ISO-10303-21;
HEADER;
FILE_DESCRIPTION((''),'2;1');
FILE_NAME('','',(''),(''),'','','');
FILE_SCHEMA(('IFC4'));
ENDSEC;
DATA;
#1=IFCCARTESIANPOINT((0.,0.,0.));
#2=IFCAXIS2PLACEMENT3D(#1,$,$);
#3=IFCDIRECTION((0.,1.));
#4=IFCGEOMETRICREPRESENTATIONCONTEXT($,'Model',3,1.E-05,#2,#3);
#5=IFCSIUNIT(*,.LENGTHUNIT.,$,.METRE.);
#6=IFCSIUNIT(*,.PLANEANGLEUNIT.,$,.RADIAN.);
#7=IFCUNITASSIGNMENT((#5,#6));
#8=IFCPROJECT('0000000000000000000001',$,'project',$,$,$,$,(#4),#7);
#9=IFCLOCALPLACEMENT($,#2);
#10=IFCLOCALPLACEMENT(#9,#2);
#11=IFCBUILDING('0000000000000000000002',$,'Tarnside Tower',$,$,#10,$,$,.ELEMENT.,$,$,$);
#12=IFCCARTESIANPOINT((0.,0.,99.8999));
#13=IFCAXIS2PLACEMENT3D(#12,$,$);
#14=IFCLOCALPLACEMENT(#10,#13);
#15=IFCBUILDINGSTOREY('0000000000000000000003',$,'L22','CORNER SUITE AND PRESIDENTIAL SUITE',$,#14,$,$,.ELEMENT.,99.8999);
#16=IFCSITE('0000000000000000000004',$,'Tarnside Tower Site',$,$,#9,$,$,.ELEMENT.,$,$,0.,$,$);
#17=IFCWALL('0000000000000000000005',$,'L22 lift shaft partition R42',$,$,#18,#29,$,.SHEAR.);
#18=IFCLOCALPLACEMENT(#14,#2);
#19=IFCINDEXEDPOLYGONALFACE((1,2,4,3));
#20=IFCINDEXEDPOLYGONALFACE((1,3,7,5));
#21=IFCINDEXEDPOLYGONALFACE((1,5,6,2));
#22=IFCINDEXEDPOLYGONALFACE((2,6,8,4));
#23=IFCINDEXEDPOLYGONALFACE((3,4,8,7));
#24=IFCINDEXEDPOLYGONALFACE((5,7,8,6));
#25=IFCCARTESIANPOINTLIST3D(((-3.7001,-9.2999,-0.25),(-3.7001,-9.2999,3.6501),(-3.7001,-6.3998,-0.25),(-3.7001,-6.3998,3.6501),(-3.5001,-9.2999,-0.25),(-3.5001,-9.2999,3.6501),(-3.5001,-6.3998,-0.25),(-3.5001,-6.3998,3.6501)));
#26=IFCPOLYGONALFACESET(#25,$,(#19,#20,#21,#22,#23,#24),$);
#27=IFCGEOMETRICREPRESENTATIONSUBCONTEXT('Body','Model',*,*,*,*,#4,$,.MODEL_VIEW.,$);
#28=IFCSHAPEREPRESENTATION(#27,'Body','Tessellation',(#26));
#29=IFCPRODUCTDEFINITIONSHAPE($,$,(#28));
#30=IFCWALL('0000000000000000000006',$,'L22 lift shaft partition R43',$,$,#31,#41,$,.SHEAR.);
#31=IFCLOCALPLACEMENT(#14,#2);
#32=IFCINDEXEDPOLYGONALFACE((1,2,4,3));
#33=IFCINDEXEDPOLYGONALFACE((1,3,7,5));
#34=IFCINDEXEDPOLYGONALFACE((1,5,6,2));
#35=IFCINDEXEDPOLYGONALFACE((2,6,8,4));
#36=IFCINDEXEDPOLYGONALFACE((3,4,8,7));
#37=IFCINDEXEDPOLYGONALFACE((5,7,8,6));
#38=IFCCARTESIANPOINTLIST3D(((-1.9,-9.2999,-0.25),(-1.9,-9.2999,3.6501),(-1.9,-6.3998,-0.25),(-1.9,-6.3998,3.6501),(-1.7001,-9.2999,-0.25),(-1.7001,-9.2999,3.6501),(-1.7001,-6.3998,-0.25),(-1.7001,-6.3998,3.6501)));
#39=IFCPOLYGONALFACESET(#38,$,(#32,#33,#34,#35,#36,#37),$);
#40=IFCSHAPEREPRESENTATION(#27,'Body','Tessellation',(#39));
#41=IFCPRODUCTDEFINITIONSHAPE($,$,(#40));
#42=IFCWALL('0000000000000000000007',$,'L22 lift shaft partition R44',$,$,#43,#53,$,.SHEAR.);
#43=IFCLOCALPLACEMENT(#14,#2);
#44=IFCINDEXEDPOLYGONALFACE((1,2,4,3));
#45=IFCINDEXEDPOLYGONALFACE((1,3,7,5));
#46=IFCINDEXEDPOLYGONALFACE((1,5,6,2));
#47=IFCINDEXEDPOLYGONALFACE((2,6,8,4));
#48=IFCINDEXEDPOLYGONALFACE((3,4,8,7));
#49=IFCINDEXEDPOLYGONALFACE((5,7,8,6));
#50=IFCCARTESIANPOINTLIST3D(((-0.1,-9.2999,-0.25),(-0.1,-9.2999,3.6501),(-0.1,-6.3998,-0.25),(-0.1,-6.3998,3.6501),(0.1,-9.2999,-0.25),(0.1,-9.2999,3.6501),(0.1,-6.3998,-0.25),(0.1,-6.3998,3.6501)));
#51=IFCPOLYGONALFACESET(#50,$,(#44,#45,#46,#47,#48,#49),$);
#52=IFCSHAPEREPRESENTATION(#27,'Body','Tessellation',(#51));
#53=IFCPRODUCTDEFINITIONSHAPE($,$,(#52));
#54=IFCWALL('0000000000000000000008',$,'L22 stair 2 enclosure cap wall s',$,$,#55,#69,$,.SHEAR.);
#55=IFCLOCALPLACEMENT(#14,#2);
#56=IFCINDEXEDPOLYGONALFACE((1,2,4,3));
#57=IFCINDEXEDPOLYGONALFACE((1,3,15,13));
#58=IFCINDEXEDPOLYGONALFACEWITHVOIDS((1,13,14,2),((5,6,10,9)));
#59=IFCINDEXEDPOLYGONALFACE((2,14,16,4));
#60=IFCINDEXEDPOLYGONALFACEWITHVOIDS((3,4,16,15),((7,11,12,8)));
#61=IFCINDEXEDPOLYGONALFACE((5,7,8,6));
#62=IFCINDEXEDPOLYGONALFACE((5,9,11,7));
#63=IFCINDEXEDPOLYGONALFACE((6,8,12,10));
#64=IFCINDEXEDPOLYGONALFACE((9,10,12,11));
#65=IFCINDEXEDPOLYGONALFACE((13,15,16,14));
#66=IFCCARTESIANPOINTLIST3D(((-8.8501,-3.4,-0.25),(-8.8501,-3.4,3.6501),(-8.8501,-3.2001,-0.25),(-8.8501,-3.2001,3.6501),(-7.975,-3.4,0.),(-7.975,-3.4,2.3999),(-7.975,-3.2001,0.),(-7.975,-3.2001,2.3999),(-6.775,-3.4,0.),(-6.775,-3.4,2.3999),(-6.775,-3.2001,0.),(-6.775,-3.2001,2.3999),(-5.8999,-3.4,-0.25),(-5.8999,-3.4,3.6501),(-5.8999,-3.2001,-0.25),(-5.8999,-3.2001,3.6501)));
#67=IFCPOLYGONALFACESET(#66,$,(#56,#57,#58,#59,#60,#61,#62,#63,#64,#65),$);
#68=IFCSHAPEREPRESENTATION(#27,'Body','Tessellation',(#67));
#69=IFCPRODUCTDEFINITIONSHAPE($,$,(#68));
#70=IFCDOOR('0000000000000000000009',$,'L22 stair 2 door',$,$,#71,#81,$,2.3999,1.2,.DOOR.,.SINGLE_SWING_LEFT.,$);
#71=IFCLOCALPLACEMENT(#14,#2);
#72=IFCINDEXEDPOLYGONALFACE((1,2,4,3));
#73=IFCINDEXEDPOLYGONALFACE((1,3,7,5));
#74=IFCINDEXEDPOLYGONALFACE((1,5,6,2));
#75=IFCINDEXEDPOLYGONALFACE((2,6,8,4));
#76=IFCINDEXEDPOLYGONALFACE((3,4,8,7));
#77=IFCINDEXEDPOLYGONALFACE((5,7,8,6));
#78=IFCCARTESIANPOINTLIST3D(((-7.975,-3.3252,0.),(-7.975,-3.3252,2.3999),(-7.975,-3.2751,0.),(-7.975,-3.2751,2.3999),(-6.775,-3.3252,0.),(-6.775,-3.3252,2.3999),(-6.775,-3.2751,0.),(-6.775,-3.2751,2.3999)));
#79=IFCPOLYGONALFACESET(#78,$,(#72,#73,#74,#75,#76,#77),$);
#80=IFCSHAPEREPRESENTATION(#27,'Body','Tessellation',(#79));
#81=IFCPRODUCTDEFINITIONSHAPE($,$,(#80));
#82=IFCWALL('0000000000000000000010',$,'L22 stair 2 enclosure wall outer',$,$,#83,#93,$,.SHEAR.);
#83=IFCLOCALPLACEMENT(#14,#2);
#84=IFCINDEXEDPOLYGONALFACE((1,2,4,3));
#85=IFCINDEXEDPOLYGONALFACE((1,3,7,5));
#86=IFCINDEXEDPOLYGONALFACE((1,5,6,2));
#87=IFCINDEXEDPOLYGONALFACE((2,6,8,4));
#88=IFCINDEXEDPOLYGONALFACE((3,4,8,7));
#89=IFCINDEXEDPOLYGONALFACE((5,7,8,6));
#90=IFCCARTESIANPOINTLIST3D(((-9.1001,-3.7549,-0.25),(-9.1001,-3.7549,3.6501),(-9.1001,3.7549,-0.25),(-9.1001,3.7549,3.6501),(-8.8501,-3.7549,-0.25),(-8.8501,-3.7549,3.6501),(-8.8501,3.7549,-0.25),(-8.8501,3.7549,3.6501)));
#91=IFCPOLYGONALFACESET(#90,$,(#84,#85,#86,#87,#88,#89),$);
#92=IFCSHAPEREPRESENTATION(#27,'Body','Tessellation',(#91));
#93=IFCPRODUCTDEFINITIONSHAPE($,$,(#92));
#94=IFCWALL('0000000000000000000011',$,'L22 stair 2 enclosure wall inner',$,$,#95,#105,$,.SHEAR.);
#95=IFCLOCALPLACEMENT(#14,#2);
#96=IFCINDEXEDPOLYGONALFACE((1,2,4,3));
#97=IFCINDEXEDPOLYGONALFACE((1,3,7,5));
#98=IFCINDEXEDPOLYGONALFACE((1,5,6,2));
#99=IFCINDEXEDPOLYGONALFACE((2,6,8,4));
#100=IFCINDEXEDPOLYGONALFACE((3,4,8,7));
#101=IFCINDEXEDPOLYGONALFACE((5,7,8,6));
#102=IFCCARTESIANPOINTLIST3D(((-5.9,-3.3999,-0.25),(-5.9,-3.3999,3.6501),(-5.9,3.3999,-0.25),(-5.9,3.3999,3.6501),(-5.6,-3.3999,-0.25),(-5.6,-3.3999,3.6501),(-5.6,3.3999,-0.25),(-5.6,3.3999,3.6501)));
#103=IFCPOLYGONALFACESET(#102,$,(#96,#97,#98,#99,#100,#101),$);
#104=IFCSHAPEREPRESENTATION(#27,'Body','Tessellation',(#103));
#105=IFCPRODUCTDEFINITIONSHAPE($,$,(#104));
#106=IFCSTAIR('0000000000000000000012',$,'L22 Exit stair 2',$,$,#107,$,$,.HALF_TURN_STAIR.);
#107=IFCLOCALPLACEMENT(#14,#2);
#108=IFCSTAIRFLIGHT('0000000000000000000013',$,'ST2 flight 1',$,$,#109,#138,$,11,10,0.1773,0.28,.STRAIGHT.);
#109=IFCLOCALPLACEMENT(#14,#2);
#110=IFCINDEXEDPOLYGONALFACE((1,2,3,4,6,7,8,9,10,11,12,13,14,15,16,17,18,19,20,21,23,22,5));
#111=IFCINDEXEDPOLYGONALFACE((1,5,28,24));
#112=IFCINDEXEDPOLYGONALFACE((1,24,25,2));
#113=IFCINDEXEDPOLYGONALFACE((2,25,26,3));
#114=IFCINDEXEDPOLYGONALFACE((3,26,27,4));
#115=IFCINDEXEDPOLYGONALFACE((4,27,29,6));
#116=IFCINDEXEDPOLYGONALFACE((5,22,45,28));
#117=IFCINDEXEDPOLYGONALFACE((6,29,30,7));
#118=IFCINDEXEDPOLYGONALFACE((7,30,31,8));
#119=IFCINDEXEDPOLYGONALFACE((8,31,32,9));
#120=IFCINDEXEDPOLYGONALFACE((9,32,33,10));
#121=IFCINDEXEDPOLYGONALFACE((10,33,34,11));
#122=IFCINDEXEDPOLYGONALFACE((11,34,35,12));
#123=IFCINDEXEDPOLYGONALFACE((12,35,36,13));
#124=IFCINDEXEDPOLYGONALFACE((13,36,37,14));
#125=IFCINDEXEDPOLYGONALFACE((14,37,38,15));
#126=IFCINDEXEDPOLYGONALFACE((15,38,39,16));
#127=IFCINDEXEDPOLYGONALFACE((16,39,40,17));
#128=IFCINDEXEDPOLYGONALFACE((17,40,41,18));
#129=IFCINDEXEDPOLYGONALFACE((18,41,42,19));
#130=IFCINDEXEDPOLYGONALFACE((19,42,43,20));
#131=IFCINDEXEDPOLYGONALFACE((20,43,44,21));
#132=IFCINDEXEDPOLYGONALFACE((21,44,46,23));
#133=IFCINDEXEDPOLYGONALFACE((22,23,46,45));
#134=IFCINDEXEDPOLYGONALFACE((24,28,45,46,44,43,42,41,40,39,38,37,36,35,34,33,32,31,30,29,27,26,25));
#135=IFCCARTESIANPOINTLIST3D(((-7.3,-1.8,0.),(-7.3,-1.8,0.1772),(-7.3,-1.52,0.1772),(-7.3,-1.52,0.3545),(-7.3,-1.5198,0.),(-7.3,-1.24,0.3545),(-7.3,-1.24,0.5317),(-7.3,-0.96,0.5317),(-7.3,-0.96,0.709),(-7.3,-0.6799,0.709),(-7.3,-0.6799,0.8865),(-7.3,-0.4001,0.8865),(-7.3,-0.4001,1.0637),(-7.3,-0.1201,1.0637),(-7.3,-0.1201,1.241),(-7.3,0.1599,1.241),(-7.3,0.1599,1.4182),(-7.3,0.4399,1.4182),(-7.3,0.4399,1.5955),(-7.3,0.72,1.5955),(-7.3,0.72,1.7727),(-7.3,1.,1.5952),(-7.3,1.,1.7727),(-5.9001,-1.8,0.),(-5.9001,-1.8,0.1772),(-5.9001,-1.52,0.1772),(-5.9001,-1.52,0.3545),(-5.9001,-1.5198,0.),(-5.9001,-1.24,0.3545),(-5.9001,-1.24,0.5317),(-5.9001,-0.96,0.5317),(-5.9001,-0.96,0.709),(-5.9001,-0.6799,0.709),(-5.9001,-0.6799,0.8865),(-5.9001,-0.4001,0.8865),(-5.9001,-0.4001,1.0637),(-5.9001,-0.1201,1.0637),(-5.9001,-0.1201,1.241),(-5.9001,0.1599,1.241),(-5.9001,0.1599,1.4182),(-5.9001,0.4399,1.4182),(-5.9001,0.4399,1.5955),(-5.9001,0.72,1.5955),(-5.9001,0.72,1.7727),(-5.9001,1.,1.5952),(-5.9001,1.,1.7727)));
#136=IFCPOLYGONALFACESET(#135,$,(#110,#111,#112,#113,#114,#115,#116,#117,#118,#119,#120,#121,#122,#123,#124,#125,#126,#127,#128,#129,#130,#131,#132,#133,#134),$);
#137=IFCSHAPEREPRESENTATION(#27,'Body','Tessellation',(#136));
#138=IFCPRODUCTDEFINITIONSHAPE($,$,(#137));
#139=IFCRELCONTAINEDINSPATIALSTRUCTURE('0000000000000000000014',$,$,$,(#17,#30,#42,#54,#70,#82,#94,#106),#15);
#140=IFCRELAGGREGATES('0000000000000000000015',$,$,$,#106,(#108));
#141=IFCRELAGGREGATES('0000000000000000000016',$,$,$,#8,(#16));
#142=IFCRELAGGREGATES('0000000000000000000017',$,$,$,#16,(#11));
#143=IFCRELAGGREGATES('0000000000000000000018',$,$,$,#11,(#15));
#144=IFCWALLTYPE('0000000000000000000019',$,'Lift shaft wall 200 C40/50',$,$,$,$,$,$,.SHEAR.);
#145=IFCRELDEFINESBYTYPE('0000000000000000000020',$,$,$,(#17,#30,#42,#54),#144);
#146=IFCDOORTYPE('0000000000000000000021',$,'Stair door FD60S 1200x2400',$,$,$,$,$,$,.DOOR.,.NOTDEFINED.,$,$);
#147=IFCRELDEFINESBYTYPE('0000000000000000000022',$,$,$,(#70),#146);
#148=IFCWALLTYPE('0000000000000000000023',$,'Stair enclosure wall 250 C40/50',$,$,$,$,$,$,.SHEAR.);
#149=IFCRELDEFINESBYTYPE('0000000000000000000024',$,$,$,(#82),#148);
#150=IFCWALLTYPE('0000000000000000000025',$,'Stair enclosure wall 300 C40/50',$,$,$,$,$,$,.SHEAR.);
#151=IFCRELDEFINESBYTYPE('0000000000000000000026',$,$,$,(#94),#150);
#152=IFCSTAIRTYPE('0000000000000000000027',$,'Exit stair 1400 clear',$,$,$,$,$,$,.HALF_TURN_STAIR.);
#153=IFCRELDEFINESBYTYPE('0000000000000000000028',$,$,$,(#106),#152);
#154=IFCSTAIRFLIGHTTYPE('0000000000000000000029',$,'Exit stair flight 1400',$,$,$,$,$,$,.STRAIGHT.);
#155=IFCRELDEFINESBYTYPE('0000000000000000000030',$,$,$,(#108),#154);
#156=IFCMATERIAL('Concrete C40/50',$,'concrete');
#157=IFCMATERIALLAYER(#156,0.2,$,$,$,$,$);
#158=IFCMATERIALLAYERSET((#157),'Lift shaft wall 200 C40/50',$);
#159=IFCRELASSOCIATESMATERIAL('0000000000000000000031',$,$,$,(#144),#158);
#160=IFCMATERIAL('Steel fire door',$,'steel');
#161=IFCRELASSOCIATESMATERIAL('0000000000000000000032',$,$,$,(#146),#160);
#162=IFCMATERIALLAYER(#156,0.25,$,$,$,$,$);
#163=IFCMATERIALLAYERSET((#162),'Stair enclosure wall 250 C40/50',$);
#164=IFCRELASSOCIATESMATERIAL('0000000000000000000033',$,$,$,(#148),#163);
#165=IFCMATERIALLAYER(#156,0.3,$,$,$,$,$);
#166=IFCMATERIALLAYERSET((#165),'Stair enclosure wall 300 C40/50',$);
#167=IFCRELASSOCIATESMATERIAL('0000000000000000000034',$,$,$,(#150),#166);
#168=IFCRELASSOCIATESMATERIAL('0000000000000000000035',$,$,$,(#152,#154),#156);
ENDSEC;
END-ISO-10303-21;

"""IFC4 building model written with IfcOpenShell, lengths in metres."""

from ifc_helpers import new_model, si_unit, direction, frame, frame_2d, origin, place, context, subcontext, project, spatial, polyline, rectangle, outline, extrude, material, layer, layer_set, type_object, element, fill, aggregate, save


model = new_model("IFC4")

# Units and contexts
model_context = context("Model", 3, precision=1e-05, world=origin(), true_north=direction((0.0, 1.0)))
body_context = subcontext(model_context, "Body", "Model", "MODEL_VIEW")
ifc_project = project(units=[si_unit("LENGTHUNIT", "METRE"), si_unit("PLANEANGLEUNIT", "RADIAN")], contexts=[model_context])

# Site, building, storey
site_placement = place(None, origin())
site = spatial("IfcSite", under=ifc_project, at=site_placement, Name="Tarnside Tower Site", CompositionType="ELEMENT", RefElevation=0.0)
building_placement = place(site_placement, origin())
building = spatial("IfcBuilding", under=site, at=building_placement, Name="Tarnside Tower", CompositionType="ELEMENT")
storey_placement = place(building_placement, frame((0.0, 0.0, 99.8999)))
storey = spatial("IfcBuildingStorey", under=building, at=storey_placement, Name="L22", Description="CORNER SUITE AND PRESIDENTIAL SUITE", CompositionType="ELEMENT", Elevation=99.8999)

# Shared definitions
ifc_material_1 = material(Name="Concrete C40/50", Category="concrete")

# Shared definitions
ifc_material_2 = material(Name="Steel fire door", Category="steel")

# Shared definitions
ifc_layer_1 = layer(ifc_material_1, 0.2)
ifc_layer_set_1 = layer_set([ifc_layer_1], Name="Lift shaft wall 200 C40/50")
wall_type_1 = type_object("IfcWallType", Name="Lift shaft wall 200 C40/50", PredefinedType="SHEAR", material=ifc_layer_set_1)

# Walls
for number, where, z_axis, x_axis, name in (
    (1, (-3.6001, -9.3, -0.25), (0.0, 0.0, 1.0), (0.0, 1.0, 0.0), "L22 lift shaft partition R42"),
    (2, (-1.8, -9.3, -0.25), (0.0, 0.0, 1.0), (0.0, 1.0, 0.0), "L22 lift shaft partition R43"),
    (3, (0.0, -9.3, -0.25), (0.0, 0.0, 1.0), (0.0, 1.0, 0.0), "L22 lift shaft partition R44"),
):
    element("IfcWall", number, at=place(storey_placement, frame(where, z_axis=z_axis, x_axis=x_axis)), inside=storey, type_object=wall_type_1, Name=name, PredefinedType="SHEAR", context=body_context, shape_type="SweptSolid", body=[
        extrude(rectangle(XDim=2.9001, YDim=0.2, at=frame_2d((1.4502, 0.0))), origin(), (0.0, 0.0, 1.0), 3.9001),
    ])

# Wall, opening, door
wall_1_placement = place(storey_placement, frame((-8.8501, -3.3, -0.25), z_axis=(0.0, 0.0, 1.0), x_axis=(1.0, 0.0, 0.0)))
wall_1 = element("IfcWall", 4, at=wall_1_placement, inside=storey, type_object=wall_type_1, Name="L22 stair 2 enclosure cap wall s", PredefinedType="SHEAR", context=body_context, shape_type="SweptSolid", body=[
    extrude(rectangle(XDim=2.9502, YDim=0.2, at=frame_2d((1.4751, 0.0))), origin(), (0.0, 0.0, 1.0), 3.9001),
])
opening_1_placement = place(wall_1_placement, frame((0.875, 0.0, 0.25)))
opening_1 = element("IfcOpeningElement", 5, at=opening_1_placement, cuts=wall_1, PredefinedType="OPENING", context=body_context, shape_type="SweptSolid", body=[
    extrude(rectangle(XDim=1.2, YDim=2.3999, at=frame_2d((0.6001, 1.2))), frame((0.0, 0.1099, 0.0), z_axis=(0.0, -1.0, 0.0), x_axis=(1.0, 0.0, 0.0)), (0.0, 0.0, 1.0), 0.22),
])
door_type_1 = type_object("IfcDoorType", Name="Stair door FD60S 1200x2400", OperationType="NOTDEFINED", PredefinedType="DOOR", material=ifc_material_2)
door_1_placement = place(opening_1_placement, origin())
door_1 = element("IfcDoor", 6, at=door_1_placement, inside=storey, type_object=door_type_1, Name="L22 stair 2 door", OperationType="SINGLE_SWING_LEFT", OverallHeight=2.3999, OverallWidth=1.2, PredefinedType="DOOR", context=body_context, shape_type="SweptSolid", body=[
    extrude(rectangle(XDim=1.2, YDim=2.3999, at=frame_2d((0.6001, 1.2))), frame((0.0, 0.0249, 0.0), z_axis=(0.0, -1.0, 0.0), x_axis=(1.0, 0.0, 0.0)), (0.0, 0.0, 1.0), 0.05),
])
fill(opening_1, door_1)

# Walls
ifc_layer_2 = layer(ifc_material_1, 0.25)
ifc_layer_set_2 = layer_set([ifc_layer_2], Name="Stair enclosure wall 250 C40/50")
wall_type_2 = type_object("IfcWallType", Name="Stair enclosure wall 250 C40/50", PredefinedType="SHEAR", material=ifc_layer_set_2)
wall_2_placement = place(storey_placement, frame((-8.9751, -3.7549, -0.25), z_axis=(0.0, 0.0, 1.0), x_axis=(0.0, 1.0, 0.0)))
element("IfcWall", 7, at=wall_2_placement, inside=storey, type_object=wall_type_2, Name="L22 stair 2 enclosure wall outer", PredefinedType="SHEAR", context=body_context, shape_type="SweptSolid", body=[
    extrude(rectangle(XDim=7.5098, YDim=0.25, at=frame_2d((3.7549, 0.0))), origin(), (0.0, 0.0, 1.0), 3.9001),
])
ifc_layer_3 = layer(ifc_material_1, 0.3)
ifc_layer_set_3 = layer_set([ifc_layer_3], Name="Stair enclosure wall 300 C40/50")
wall_type_3 = type_object("IfcWallType", Name="Stair enclosure wall 300 C40/50", PredefinedType="SHEAR", material=ifc_layer_set_3)
wall_3_placement = place(storey_placement, frame((-5.75, -3.3999, -0.25), z_axis=(0.0, 0.0, 1.0), x_axis=(0.0, 1.0, 0.0)))
element("IfcWall", 8, at=wall_3_placement, inside=storey, type_object=wall_type_3, Name="L22 stair 2 enclosure wall inner", PredefinedType="SHEAR", context=body_context, shape_type="SweptSolid", body=[
    extrude(rectangle(XDim=6.7998, YDim=0.3, at=frame_2d((3.3999, 0.0))), origin(), (0.0, 0.0, 1.0), 3.9001),
])

# Stair, stair flight
stair_type = type_object("IfcStairType", Name="Exit stair 1400 clear", PredefinedType="HALF_TURN_STAIR", material=ifc_material_1)
stair_placement = place(storey_placement, origin())
stair = element("IfcStair", 9, at=stair_placement, inside=storey, type_object=stair_type, Name="L22 Exit stair 2", PredefinedType="HALF_TURN_STAIR")
stair_flight_type = type_object("IfcStairFlightType", Name="Exit stair flight 1400", PredefinedType="STRAIGHT", material=ifc_material_1)
stair_flight_placement = place(storey_placement, frame((-6.6001, -1.8, 0.0), z_axis=(0.0, 0.0, 1.0), x_axis=(0.0, 1.0, 0.0)))
stair_flight = element("IfcStairFlight", 10, at=stair_flight_placement, type_object=stair_flight_type, Name="ST2 flight 1", NumberOfRisers=11, NumberOfTreads=10, PredefinedType="STRAIGHT", RiserHeight=0.1773, TreadLength=0.28, context=body_context, shape_type="SweptSolid", body=[
    extrude(outline(polyline([(0.0, 0.0), (0.0, 0.1772), (0.28, 0.1772), (0.28, 0.3545), (0.5601, 0.3545), (0.5601, 0.5317), (0.8401, 0.5317), (0.8401, 0.709), (1.1201, 0.709), (1.1201, 0.8865), (1.3999, 0.8865), (1.3999, 1.0637), (1.6799, 1.0637), (1.6799, 1.241), (1.96, 1.241), (1.96, 1.4182), (2.24, 1.4182), (2.24, 1.5955), (2.52, 1.5955), (2.52, 1.7727), (2.8, 1.7727), (2.8, 1.95), (2.8, 1.5952), (0.2803, 0.0), (0.0, 0.0)])), frame((0.0, 0.7, 0.0), z_axis=(0.0, -1.0, 0.0), x_axis=(1.0, 0.0, 0.0)), (0.0, 0.0, 1.0), 1.3999),
])
aggregate(stair, [stair_flight])

save(model, "model.ifc")
